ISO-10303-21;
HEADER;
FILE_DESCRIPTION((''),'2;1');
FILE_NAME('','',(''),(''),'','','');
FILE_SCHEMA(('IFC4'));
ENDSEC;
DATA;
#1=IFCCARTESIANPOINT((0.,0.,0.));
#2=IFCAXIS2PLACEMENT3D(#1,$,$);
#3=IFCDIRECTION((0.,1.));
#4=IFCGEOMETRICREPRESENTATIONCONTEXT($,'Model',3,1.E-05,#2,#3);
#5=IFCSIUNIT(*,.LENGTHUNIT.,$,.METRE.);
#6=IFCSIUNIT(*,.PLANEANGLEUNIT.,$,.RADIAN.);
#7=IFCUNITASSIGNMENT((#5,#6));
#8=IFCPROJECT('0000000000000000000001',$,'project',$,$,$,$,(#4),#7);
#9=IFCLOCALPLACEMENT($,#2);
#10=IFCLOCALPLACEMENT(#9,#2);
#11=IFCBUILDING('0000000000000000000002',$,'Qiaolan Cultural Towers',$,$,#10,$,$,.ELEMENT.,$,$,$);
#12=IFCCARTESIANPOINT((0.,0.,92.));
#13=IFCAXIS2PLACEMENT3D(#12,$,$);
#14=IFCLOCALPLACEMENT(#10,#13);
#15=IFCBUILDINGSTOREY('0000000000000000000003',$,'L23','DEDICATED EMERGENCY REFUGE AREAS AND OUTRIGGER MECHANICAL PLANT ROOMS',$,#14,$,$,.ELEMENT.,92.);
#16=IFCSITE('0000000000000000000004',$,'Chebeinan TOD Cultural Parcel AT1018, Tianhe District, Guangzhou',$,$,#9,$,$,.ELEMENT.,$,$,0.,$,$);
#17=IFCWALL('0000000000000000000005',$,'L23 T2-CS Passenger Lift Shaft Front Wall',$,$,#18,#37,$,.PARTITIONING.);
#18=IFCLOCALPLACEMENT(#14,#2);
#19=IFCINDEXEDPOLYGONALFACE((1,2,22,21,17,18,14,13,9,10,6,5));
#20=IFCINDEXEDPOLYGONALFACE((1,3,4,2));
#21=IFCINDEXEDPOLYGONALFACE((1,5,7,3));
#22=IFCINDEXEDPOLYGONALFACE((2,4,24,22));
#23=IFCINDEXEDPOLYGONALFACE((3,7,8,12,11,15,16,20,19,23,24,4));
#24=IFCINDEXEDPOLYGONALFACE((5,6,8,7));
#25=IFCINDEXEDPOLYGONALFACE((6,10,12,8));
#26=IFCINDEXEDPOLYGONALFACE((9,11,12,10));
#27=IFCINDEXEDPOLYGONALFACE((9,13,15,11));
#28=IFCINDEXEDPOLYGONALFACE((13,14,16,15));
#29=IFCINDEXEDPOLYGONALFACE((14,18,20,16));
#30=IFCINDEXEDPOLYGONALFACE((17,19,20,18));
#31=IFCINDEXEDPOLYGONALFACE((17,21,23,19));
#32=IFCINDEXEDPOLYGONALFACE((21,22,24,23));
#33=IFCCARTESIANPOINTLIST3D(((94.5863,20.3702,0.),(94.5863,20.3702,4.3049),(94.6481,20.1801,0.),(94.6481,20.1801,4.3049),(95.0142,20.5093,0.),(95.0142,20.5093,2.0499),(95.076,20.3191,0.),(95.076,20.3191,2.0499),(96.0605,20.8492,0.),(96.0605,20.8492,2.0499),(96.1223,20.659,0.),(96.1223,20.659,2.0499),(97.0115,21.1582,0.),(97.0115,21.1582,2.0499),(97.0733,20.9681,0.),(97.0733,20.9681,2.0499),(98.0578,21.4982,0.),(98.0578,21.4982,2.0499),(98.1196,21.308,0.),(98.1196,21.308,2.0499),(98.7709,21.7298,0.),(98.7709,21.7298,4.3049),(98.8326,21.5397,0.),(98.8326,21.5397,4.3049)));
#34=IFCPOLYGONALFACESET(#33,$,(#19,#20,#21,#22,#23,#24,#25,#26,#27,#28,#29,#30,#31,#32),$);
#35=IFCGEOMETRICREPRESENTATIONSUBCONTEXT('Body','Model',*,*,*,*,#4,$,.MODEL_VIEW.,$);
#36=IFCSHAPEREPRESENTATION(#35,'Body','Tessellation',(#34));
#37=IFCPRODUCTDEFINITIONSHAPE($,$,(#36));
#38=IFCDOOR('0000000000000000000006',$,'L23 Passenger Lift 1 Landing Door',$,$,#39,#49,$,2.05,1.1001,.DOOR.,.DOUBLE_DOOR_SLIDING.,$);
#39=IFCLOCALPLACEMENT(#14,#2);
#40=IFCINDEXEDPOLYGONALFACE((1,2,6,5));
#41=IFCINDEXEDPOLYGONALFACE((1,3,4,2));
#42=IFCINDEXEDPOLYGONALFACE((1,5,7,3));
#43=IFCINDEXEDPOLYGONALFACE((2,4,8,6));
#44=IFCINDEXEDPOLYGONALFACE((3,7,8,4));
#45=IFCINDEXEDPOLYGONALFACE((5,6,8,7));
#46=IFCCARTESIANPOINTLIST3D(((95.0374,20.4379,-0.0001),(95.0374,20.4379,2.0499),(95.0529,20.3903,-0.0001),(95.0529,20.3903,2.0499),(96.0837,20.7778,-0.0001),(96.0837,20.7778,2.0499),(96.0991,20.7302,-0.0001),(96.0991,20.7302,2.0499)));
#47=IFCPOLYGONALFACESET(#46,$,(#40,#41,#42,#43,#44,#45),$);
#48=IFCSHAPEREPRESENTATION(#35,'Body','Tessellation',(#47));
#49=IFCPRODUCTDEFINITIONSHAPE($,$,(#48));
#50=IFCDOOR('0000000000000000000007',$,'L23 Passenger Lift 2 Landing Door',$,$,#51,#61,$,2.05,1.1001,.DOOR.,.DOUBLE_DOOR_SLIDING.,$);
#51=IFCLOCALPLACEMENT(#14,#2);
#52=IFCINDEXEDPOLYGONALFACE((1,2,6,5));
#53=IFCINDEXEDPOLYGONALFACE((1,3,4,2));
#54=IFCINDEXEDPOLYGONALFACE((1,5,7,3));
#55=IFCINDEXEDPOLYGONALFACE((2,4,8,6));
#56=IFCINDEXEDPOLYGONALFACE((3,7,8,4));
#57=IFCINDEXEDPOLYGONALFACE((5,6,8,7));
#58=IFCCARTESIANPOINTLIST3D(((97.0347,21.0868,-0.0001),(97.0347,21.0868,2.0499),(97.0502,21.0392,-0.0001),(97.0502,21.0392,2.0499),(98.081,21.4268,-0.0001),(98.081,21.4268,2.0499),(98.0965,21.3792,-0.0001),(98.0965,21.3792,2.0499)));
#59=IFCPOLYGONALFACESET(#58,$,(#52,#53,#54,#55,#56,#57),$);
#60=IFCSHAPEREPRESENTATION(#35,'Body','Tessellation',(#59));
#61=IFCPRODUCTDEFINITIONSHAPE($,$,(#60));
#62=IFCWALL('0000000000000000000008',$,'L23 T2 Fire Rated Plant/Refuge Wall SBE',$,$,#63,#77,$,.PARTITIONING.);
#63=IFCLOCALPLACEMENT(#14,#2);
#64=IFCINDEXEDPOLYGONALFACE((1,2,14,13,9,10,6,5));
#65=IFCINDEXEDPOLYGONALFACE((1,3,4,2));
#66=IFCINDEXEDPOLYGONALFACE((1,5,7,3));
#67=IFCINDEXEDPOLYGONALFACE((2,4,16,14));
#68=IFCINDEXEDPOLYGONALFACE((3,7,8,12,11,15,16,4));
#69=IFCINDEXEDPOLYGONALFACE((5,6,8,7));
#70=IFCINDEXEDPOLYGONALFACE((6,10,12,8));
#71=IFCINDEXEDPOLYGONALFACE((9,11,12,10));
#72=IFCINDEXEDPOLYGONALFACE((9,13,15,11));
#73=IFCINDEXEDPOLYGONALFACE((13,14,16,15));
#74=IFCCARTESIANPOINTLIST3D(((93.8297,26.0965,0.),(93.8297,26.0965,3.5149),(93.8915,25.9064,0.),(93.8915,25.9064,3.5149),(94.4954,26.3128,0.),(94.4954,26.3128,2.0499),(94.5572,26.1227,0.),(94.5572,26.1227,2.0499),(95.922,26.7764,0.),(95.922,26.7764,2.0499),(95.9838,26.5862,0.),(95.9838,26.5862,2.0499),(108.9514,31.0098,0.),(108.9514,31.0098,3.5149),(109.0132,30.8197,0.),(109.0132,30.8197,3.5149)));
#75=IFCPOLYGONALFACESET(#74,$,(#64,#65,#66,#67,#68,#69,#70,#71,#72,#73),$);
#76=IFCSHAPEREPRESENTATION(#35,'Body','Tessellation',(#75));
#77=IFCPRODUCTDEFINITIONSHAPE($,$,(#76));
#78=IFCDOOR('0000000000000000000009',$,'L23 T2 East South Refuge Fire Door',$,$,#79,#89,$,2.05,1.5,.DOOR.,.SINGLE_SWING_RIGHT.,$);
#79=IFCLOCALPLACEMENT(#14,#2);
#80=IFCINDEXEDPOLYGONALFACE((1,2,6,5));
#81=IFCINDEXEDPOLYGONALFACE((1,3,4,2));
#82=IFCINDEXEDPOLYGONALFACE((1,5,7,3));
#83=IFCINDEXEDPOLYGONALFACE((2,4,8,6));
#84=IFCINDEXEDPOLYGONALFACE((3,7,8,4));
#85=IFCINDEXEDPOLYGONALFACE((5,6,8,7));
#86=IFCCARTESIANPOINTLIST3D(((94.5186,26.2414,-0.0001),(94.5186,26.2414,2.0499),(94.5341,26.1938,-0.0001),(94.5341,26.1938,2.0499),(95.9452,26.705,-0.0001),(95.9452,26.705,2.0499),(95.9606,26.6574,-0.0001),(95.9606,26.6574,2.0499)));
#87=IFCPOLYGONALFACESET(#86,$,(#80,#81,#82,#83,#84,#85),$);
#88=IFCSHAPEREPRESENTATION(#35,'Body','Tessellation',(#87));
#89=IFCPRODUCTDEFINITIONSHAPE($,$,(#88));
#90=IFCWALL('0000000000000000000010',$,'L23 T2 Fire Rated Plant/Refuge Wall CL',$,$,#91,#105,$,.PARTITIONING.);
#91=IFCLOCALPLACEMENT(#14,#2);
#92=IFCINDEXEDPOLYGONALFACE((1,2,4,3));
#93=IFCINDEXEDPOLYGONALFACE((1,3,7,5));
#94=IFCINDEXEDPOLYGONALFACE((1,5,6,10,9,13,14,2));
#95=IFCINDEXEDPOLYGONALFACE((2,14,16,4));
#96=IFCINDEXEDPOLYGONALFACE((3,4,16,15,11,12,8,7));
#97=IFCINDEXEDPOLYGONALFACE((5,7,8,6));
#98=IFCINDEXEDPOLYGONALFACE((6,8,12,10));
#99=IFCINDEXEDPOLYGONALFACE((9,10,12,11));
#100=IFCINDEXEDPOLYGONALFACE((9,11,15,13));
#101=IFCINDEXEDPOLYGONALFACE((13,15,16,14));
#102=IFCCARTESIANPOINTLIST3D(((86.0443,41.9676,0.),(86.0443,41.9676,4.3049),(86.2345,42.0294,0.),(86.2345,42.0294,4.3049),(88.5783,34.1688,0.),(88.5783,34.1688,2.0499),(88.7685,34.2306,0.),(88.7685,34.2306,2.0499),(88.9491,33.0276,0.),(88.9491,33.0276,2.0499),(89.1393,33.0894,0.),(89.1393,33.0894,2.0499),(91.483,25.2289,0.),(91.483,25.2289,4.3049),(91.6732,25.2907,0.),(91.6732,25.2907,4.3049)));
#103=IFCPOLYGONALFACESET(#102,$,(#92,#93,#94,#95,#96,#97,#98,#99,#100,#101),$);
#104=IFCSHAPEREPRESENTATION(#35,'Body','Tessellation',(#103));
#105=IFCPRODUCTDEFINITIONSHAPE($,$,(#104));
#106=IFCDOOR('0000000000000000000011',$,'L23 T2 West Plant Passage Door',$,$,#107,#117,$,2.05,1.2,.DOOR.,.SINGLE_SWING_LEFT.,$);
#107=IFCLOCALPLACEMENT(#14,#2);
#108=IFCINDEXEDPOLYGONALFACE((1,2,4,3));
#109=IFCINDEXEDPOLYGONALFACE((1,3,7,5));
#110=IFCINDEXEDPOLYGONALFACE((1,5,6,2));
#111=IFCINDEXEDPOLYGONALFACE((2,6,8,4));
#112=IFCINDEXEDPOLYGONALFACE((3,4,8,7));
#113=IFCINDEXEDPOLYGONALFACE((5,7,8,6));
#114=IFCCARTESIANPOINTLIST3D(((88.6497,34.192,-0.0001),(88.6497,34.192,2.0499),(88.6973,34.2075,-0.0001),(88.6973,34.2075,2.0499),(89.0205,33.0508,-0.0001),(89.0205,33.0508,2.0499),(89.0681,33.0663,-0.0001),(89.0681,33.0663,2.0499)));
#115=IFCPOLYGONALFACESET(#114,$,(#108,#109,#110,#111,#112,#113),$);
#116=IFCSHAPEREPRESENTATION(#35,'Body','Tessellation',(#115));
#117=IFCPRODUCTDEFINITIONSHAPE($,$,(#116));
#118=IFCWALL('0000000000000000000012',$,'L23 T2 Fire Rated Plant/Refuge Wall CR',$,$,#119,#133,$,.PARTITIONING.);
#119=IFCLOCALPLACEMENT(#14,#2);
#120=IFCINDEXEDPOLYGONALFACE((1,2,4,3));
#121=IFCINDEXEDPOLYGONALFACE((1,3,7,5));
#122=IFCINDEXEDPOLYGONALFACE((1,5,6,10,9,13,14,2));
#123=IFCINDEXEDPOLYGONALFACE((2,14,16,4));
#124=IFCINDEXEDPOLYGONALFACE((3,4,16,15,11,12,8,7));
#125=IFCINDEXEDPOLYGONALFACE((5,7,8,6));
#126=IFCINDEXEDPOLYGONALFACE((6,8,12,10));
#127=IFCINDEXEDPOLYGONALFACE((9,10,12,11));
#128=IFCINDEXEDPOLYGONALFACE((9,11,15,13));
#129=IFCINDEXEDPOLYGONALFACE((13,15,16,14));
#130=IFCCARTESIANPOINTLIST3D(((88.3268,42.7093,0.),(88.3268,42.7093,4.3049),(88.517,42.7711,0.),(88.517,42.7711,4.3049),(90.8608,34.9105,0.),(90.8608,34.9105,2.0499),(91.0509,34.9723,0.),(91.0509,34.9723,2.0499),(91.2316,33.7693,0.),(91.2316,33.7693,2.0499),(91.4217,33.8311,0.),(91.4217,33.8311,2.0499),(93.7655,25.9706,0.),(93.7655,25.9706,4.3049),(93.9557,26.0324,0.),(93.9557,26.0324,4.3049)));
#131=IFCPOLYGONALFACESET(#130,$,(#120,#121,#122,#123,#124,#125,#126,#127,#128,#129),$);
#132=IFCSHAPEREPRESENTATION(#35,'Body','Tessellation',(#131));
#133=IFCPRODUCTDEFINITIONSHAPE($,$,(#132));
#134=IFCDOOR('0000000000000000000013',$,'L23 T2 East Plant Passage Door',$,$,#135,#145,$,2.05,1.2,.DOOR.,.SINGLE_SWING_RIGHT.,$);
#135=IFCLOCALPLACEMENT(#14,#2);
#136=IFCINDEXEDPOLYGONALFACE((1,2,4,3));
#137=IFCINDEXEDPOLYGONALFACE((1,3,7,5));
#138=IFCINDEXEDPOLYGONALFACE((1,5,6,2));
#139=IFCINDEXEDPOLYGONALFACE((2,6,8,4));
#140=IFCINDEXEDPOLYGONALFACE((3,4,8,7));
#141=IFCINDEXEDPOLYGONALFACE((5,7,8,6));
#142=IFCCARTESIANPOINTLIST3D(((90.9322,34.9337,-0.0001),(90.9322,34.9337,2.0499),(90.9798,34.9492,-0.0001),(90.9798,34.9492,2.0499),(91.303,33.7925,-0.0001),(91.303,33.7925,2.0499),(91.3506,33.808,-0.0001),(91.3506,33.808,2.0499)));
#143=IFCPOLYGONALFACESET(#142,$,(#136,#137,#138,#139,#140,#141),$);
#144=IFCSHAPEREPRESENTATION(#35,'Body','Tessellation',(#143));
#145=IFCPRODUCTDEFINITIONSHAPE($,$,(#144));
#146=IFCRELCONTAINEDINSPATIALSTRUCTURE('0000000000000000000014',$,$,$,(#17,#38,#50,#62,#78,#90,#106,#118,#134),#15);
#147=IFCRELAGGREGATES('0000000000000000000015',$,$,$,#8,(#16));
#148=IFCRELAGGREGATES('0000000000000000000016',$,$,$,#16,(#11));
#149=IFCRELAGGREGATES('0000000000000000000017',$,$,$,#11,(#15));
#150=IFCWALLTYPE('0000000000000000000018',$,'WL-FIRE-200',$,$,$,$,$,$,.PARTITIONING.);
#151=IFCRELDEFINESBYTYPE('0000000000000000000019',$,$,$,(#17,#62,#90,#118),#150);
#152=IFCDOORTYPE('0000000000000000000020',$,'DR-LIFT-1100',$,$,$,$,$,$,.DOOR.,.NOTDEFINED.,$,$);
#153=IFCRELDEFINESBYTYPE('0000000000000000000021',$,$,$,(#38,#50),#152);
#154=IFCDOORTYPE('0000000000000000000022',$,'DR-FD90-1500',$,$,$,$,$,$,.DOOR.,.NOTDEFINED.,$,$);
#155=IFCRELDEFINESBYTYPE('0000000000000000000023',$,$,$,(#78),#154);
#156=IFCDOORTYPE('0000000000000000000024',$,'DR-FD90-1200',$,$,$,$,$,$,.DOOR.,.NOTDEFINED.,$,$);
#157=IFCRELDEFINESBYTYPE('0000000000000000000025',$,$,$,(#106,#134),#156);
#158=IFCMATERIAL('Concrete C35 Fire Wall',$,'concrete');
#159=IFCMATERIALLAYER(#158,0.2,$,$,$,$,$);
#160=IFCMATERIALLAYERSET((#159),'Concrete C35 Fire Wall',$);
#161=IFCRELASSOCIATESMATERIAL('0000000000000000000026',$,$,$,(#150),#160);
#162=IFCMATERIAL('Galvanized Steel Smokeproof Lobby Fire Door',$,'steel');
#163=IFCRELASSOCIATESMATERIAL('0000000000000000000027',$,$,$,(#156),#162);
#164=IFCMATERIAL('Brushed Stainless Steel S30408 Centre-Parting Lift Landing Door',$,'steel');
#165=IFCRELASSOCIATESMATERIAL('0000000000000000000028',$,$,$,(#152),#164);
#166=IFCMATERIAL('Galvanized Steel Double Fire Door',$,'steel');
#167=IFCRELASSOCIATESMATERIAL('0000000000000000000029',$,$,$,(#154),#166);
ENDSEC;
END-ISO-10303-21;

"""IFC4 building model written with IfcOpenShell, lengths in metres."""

from ifc_helpers import new_model, si_unit, direction, frame, frame_2d, origin, place, context, subcontext, project, spatial, rectangle, extrude, material, layer, layer_set, type_object, element, fill, save


model = new_model("IFC4")

# Units and contexts
model_context = context("Model", 3, precision=1e-05, world=origin(), true_north=direction((0.0, 1.0)))
body_context = subcontext(model_context, "Body", "Model", "MODEL_VIEW")
ifc_project = project(units=[si_unit("LENGTHUNIT", "METRE"), si_unit("PLANEANGLEUNIT", "RADIAN")], contexts=[model_context])

# Site, building, storey
site_placement = place(None, origin())
site = spatial("IfcSite", under=ifc_project, at=site_placement, Name="Chebeinan TOD Cultural Parcel AT1018, Tianhe District, Guangzhou", CompositionType="ELEMENT", RefElevation=0.0)
building_placement = place(site_placement, origin())
building = spatial("IfcBuilding", under=site, at=building_placement, Name="Qiaolan Cultural Towers", CompositionType="ELEMENT")
storey_placement = place(building_placement, frame((0.0, 0.0, 92.0)))
storey = spatial("IfcBuildingStorey", under=building, at=storey_placement, Name="L23", Description="DEDICATED EMERGENCY REFUGE AREAS AND OUTRIGGER MECHANICAL PLANT ROOMS", CompositionType="ELEMENT", Elevation=92.0)

# Shared definitions
ifc_material_1 = material(Name="Concrete C35 Fire Wall", Category="concrete")
ifc_layer_1 = layer(ifc_material_1, 0.2)
ifc_layer_set_1 = layer_set([ifc_layer_1], Name="Concrete C35 Fire Wall")
wall_type_1 = type_object("IfcWallType", Name="WL-FIRE-200", PredefinedType="PARTITIONING", material=ifc_layer_set_1)

# Shared definitions
ifc_material_2 = material(Name="Galvanized Steel Smokeproof Lobby Fire Door", Category="steel")
door_type_1 = type_object("IfcDoorType", Name="DR-FD90-1200", OperationType="NOTDEFINED", PredefinedType="DOOR", material=ifc_material_2)

# Wall, openings, doors
wall_1_placement = place(storey_placement, frame((94.6172, 20.2751, 0.0), z_axis=(0.0, 0.0, 1.0), x_axis=(0.951059, 0.309011, 0.0)))
wall_1 = element("IfcWall", 1, at=wall_1_placement, inside=storey, type_object=wall_type_1, Name="L23 T2-CS Passenger Lift Shaft Front Wall", PredefinedType="PARTITIONING", context=body_context, shape_type="SweptSolid", body=[
    extrude(rectangle(XDim=4.3999, YDim=0.2, at=frame_2d((2.2, 0.0))), origin(), (0.0, 0.0, 1.0), 4.3049),
])
opening_1_placement = place(wall_1_placement, frame((0.45, 0.0, 0.0)))
opening_1 = element("IfcOpeningElement", 2, at=opening_1_placement, cuts=wall_1, PredefinedType="OPENING", context=body_context, shape_type="SweptSolid", body=[
    extrude(rectangle(XDim=1.1001, YDim=2.05, at=frame_2d((0.55, 1.0249))), frame((0.0, 0.1099, 0.0), z_axis=(0.0, -1.0, 0.0), x_axis=(1.0, 0.0, 0.0)), (0.0, 0.0, 1.0), 0.22),
])
opening_2_placement = place(wall_1_placement, frame((2.55, 0.0, 0.0)))
opening_2 = element("IfcOpeningElement", 3, at=opening_2_placement, cuts=wall_1, PredefinedType="OPENING", context=body_context, shape_type="SweptSolid", body=[
    extrude(rectangle(XDim=1.1001, YDim=2.05, at=frame_2d((0.55, 1.0249))), frame((0.0, 0.1099, 0.0), z_axis=(0.0, -1.0, 0.0), x_axis=(1.0, 0.0, 0.0)), (0.0, 0.0, 1.0), 0.22),
])
ifc_material_3 = material(Name="Brushed Stainless Steel S30408 Centre-Parting Lift Landing Door", Category="steel")
door_type_2 = type_object("IfcDoorType", Name="DR-LIFT-1100", OperationType="NOTDEFINED", PredefinedType="DOOR", material=ifc_material_3)
door_1_placement = place(opening_1_placement, origin())
door_1 = element("IfcDoor", 4, at=door_1_placement, inside=storey, type_object=door_type_2, Name="L23 Passenger Lift 1 Landing Door", OperationType="DOUBLE_DOOR_SLIDING", OverallHeight=2.05, OverallWidth=1.1001, PredefinedType="DOOR", context=body_context, shape_type="SweptSolid", body=[
    extrude(rectangle(XDim=1.1001, YDim=2.05, at=frame_2d((0.55, 1.0249))), frame((0.0, 0.0249, 0.0), z_axis=(0.0, -1.0, 0.0), x_axis=(1.0, 0.0, 0.0)), (0.0, 0.0, 1.0), 0.05),
])
fill(opening_1, door_1)
door_2_placement = place(opening_2_placement, origin())
door_2 = element("IfcDoor", 5, at=door_2_placement, inside=storey, type_object=door_type_2, Name="L23 Passenger Lift 2 Landing Door", OperationType="DOUBLE_DOOR_SLIDING", OverallHeight=2.05, OverallWidth=1.1001, PredefinedType="DOOR", context=body_context, shape_type="SweptSolid", body=[
    extrude(rectangle(XDim=1.1001, YDim=2.05, at=frame_2d((0.55, 1.0249))), frame((0.0, 0.0249, 0.0), z_axis=(0.0, -1.0, 0.0), x_axis=(1.0, 0.0, 0.0)), (0.0, 0.0, 1.0), 0.05),
])
fill(opening_2, door_2)

# Walls, openings, doors
wall_2_placement = place(storey_placement, frame((93.8606, 26.0015, 0.0), z_axis=(0.0, 0.0, 1.0), x_axis=(0.951057, 0.309014, 0.0)))
wall_2 = element("IfcWall", 6, at=wall_2_placement, inside=storey, type_object=wall_type_1, Name="L23 T2 Fire Rated Plant/Refuge Wall SBE", PredefinedType="PARTITIONING", context=body_context, shape_type="SweptSolid", body=[
    extrude(rectangle(XDim=15.8999, YDim=0.2, at=frame_2d((7.95, 0.0))), origin(), (0.0, 0.0, 1.0), 3.5149),
])
opening_3_placement = place(wall_2_placement, frame((0.7, 0.0, 0.0)))
opening_3 = element("IfcOpeningElement", 7, at=opening_3_placement, cuts=wall_2, PredefinedType="OPENING", context=body_context, shape_type="SweptSolid", body=[
    extrude(rectangle(XDim=1.5, YDim=2.05, at=frame_2d((0.75, 1.0249))), frame((0.0, 0.1099, 0.0), z_axis=(0.0, -1.0, 0.0), x_axis=(1.0, 0.0, 0.0)), (0.0, 0.0, 1.0), 0.22),
])
ifc_material_4 = material(Name="Galvanized Steel Double Fire Door", Category="steel")
door_type_3 = type_object("IfcDoorType", Name="DR-FD90-1500", OperationType="NOTDEFINED", PredefinedType="DOOR", material=ifc_material_4)
door_3_placement = place(opening_3_placement, origin())
door_3 = element("IfcDoor", 8, at=door_3_placement, inside=storey, type_object=door_type_3, Name="L23 T2 East South Refuge Fire Door", OperationType="SINGLE_SWING_RIGHT", OverallHeight=2.05, OverallWidth=1.5, PredefinedType="DOOR", context=body_context, shape_type="SweptSolid", body=[
    extrude(rectangle(XDim=1.5, YDim=2.05, at=frame_2d((0.75, 1.0249))), frame((0.0, 0.0249, 0.0), z_axis=(0.0, -1.0, 0.0), x_axis=(1.0, 0.0, 0.0)), (0.0, 0.0, 1.0), 0.05),
])
fill(opening_3, door_3)
wall_3_placement = place(storey_placement, frame((91.5781, 25.2598, 0.0), z_axis=(0.0, 0.0, 1.0), x_axis=(-0.309015, 0.951057, 0.0)))
wall_3 = element("IfcWall", 9, at=wall_3_placement, inside=storey, type_object=wall_type_1, Name="L23 T2 Fire Rated Plant/Refuge Wall CL", PredefinedType="PARTITIONING", context=body_context, shape_type="SweptSolid", body=[
    extrude(rectangle(XDim=17.6001, YDim=0.2, at=frame_2d((8.8, 0.0))), origin(), (0.0, 0.0, 1.0), 4.3049),
])
opening_4_placement = place(wall_3_placement, frame((8.2, 0.0, 0.0)))
opening_4 = element("IfcOpeningElement", 10, at=opening_4_placement, cuts=wall_3, PredefinedType="OPENING", context=body_context, shape_type="SweptSolid", body=[
    extrude(rectangle(XDim=1.2, YDim=2.05, at=frame_2d((0.6001, 1.0249))), frame((0.0, 0.1099, 0.0), z_axis=(0.0, -1.0, 0.0), x_axis=(1.0, 0.0, 0.0)), (0.0, 0.0, 1.0), 0.22),
])
door_4_placement = place(opening_4_placement, origin())
door_4 = element("IfcDoor", 11, at=door_4_placement, inside=storey, type_object=door_type_1, Name="L23 T2 West Plant Passage Door", OperationType="SINGLE_SWING_LEFT", OverallHeight=2.05, OverallWidth=1.2, PredefinedType="DOOR", context=body_context, shape_type="SweptSolid", body=[
    extrude(rectangle(XDim=1.2, YDim=2.05, at=frame_2d((0.6001, 1.0249))), frame((0.0, 0.0249, 0.0), z_axis=(0.0, -1.0, 0.0), x_axis=(1.0, 0.0, 0.0)), (0.0, 0.0, 1.0), 0.05),
])
fill(opening_4, door_4)
wall_4_placement = place(storey_placement, frame((93.8606, 26.0015, 0.0), z_axis=(0.0, 0.0, 1.0), x_axis=(-0.309015, 0.951057, 0.0)))
wall_4 = element("IfcWall", 12, at=wall_4_placement, inside=storey, type_object=wall_type_1, Name="L23 T2 Fire Rated Plant/Refuge Wall CR", PredefinedType="PARTITIONING", context=body_context, shape_type="SweptSolid", body=[
    extrude(rectangle(XDim=17.6001, YDim=0.2, at=frame_2d((8.8, 0.0))), origin(), (0.0, 0.0, 1.0), 4.3049),
])
opening_5_placement = place(wall_4_placement, frame((8.2, 0.0, 0.0)))
opening_5 = element("IfcOpeningElement", 13, at=opening_5_placement, cuts=wall_4, PredefinedType="OPENING", context=body_context, shape_type="SweptSolid", body=[
    extrude(rectangle(XDim=1.2, YDim=2.05, at=frame_2d((0.6001, 1.0249))), frame((0.0, 0.1099, 0.0), z_axis=(0.0, -1.0, 0.0), x_axis=(1.0, 0.0, 0.0)), (0.0, 0.0, 1.0), 0.22),
])
door_5_placement = place(opening_5_placement, origin())
door_5 = element("IfcDoor", 14, at=door_5_placement, inside=storey, type_object=door_type_1, Name="L23 T2 East Plant Passage Door", OperationType="SINGLE_SWING_RIGHT", OverallHeight=2.05, OverallWidth=1.2, PredefinedType="DOOR", context=body_context, shape_type="SweptSolid", body=[
    extrude(rectangle(XDim=1.2, YDim=2.05, at=frame_2d((0.6001, 1.0249))), frame((0.0, 0.0249, 0.0), z_axis=(0.0, -1.0, 0.0), x_axis=(1.0, 0.0, 0.0)), (0.0, 0.0, 1.0), 0.05),
])
fill(opening_5, door_5)

save(model, "model.ifc")
